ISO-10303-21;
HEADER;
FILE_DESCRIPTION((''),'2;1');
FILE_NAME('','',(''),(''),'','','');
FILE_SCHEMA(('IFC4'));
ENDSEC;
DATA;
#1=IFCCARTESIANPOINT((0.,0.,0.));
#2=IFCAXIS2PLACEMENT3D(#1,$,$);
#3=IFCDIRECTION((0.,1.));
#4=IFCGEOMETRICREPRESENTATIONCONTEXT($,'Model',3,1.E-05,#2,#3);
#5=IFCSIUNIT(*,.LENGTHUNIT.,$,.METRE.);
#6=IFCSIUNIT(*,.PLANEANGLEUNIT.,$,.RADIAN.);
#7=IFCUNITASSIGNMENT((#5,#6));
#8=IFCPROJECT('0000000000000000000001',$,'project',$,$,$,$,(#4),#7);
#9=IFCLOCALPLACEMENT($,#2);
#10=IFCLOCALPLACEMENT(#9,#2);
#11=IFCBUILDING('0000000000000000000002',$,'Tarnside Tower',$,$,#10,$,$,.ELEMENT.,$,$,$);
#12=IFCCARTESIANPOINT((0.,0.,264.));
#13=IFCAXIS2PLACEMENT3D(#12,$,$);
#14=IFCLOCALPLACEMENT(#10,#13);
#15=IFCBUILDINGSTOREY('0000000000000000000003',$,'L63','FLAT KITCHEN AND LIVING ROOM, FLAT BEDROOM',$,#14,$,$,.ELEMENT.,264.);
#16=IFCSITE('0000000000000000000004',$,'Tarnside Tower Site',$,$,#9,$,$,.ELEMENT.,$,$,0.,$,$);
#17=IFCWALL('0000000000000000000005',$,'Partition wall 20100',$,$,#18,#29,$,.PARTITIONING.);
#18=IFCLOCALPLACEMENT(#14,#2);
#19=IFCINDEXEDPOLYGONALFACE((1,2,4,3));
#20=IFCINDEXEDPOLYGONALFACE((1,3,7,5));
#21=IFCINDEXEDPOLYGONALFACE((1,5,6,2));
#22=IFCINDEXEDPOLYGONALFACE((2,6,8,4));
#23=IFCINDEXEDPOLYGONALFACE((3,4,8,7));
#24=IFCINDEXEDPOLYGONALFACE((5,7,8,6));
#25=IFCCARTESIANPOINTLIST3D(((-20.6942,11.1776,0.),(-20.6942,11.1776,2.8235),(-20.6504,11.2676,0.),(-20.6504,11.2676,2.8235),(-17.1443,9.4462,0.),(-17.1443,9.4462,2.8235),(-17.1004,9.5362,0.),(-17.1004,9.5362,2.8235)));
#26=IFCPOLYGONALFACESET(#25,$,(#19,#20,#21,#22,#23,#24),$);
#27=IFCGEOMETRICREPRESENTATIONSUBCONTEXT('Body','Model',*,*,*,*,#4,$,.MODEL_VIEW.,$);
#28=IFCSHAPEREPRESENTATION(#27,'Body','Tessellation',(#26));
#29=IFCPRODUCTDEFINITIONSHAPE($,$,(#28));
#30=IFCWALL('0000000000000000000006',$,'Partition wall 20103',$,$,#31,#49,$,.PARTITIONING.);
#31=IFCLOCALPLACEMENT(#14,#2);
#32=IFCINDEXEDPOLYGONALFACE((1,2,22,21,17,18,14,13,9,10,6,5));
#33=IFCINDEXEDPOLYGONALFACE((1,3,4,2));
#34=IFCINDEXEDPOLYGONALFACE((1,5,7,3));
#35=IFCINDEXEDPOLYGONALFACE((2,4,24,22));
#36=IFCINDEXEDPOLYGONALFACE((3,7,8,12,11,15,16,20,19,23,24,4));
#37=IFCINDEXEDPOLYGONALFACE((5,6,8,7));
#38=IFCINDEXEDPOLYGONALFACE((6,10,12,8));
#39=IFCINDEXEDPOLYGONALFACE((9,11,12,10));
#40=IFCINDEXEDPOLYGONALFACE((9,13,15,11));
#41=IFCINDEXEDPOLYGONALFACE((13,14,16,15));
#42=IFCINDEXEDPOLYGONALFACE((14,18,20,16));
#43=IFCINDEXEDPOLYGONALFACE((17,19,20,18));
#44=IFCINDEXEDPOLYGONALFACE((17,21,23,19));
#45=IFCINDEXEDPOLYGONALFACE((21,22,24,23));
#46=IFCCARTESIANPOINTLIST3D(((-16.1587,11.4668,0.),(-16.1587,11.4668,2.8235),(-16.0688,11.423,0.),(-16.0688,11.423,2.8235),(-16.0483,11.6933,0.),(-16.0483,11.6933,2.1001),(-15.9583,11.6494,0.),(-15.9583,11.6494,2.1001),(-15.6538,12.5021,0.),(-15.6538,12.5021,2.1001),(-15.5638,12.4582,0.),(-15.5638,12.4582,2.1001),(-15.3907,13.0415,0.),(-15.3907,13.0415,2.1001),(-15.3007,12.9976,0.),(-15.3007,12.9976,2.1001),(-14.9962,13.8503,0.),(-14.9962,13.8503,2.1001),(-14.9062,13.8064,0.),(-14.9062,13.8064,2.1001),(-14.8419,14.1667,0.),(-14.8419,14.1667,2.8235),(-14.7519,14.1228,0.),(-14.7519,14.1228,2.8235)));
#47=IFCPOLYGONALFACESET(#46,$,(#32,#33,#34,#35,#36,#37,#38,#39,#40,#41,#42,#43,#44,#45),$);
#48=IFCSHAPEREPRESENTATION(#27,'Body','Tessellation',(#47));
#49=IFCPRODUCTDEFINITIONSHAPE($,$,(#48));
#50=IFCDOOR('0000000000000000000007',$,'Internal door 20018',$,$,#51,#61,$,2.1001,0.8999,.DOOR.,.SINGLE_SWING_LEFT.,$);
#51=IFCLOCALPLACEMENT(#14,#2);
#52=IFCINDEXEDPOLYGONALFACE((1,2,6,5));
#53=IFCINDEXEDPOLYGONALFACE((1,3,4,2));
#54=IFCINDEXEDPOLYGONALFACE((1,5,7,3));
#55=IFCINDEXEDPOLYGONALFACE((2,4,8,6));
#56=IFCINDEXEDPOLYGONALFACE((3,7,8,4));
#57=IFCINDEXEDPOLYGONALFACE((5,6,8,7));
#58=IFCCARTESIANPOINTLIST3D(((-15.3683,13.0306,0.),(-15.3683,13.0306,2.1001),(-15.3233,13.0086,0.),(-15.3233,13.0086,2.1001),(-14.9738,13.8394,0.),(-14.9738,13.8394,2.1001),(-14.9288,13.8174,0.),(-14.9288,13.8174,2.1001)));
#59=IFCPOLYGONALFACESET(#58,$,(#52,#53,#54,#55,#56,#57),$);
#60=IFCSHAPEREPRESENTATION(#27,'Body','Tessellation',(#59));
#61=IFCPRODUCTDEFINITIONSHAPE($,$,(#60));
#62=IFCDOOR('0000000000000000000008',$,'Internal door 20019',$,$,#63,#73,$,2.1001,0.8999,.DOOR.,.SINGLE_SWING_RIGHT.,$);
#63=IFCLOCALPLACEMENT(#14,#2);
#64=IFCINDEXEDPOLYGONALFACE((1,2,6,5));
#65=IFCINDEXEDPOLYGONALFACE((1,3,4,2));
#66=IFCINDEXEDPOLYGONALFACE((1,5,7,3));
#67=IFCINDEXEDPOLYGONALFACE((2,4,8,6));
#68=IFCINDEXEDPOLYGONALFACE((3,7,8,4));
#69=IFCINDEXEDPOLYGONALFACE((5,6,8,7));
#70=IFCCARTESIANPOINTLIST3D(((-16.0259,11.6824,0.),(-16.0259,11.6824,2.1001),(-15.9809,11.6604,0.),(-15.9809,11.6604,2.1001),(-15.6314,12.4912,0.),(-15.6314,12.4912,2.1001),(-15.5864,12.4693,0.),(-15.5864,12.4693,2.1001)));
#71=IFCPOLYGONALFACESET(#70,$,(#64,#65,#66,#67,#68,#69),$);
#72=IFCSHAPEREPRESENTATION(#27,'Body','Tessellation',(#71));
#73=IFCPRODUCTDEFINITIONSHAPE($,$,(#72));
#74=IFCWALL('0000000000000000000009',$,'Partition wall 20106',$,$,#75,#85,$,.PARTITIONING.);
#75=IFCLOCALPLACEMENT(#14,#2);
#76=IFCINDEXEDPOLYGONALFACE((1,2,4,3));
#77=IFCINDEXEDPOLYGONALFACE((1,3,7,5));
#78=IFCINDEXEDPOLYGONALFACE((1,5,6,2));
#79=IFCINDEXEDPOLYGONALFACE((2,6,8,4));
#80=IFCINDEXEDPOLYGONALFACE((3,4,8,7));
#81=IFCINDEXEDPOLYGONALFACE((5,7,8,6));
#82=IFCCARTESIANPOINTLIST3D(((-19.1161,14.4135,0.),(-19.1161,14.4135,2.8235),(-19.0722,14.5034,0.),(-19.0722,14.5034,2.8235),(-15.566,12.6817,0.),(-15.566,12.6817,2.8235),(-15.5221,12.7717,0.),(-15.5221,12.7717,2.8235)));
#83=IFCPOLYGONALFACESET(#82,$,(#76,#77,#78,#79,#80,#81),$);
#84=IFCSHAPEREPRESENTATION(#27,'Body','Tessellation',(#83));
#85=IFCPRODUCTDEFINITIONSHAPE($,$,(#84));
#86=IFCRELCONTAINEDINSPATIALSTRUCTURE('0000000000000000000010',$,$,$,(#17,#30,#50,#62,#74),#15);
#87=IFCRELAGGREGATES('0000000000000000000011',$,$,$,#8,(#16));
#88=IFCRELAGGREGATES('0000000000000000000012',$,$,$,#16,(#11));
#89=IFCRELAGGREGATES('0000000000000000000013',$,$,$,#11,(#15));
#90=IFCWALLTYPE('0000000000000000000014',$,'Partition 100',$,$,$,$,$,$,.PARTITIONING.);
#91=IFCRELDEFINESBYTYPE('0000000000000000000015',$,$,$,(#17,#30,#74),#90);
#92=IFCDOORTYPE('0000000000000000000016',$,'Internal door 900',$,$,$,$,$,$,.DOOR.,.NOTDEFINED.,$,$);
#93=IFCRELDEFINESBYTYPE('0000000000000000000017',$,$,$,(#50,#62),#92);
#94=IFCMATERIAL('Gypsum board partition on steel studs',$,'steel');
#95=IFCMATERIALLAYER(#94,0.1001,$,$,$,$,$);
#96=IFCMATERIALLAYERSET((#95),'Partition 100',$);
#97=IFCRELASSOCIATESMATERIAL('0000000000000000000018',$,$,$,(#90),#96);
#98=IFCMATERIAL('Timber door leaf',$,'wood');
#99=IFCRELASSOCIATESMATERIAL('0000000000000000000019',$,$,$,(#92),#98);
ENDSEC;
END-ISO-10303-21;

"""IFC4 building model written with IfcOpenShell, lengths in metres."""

from ifc_helpers import new_model, si_unit, direction, frame, frame_2d, origin, place, context, subcontext, project, spatial, rectangle, extrude, material, layer, layer_set, type_object, element, fill, save


model = new_model("IFC4")

# Units and contexts
model_context = context("Model", 3, precision=1e-05, world=origin(), true_north=direction((0.0, 1.0)))
body_context = subcontext(model_context, "Body", "Model", "MODEL_VIEW")
ifc_project = project(units=[si_unit("LENGTHUNIT", "METRE"), si_unit("PLANEANGLEUNIT", "RADIAN")], contexts=[model_context])

# Site, building, storey
site_placement = place(None, origin())
site = spatial("IfcSite", under=ifc_project, at=site_placement, Name="Tarnside Tower Site", CompositionType="ELEMENT", RefElevation=0.0)
building_placement = place(site_placement, origin())
building = spatial("IfcBuilding", under=site, at=building_placement, Name="Tarnside Tower", CompositionType="ELEMENT")
storey_placement = place(building_placement, frame((0.0, 0.0, 264.0)))
storey = spatial("IfcBuildingStorey", under=building, at=storey_placement, Name="L63", Description="FLAT KITCHEN AND LIVING ROOM, FLAT BEDROOM", CompositionType="ELEMENT", Elevation=264.0)

# Wall
ifc_material_1 = material(Name="Gypsum board partition on steel studs", Category="steel")
ifc_layer_1 = layer(ifc_material_1, 0.1001)
ifc_layer_set_1 = layer_set([ifc_layer_1], Name="Partition 100")
wall_type_1 = type_object("IfcWallType", Name="Partition 100", PredefinedType="PARTITIONING", material=ifc_layer_set_1)
wall_1_placement = place(storey_placement, frame((-17.1223, 9.4912, 0.0), z_axis=(0.0, 0.0, 1.0), x_axis=(-0.898797, 0.438365, 0.0)))
element("IfcWall", 1, at=wall_1_placement, inside=storey, type_object=wall_type_1, Name="Partition wall 20100", PredefinedType="PARTITIONING", context=body_context, shape_type="SweptSolid", body=[
    extrude(rectangle(XDim=3.9497, YDim=0.1001, at=frame_2d((1.9749, 0.0))), origin(), (0.0, 0.0, 1.0), 2.8235),
])

# Wall, openings, doors
wall_2_placement = place(storey_placement, frame((-14.7969, 14.1448, 0.0), z_axis=(0.0, 0.0, 1.0), x_axis=(-0.438382, -0.898789, 0.0)))
wall_2 = element("IfcWall", 2, at=wall_2_placement, inside=storey, type_object=wall_type_1, Name="Partition wall 20103", PredefinedType="PARTITIONING", context=body_context, shape_type="SweptSolid", body=[
    extrude(rectangle(XDim=3.0039, YDim=0.1001, at=frame_2d((1.502, 0.0))), origin(), (0.0, 0.0, 1.0), 2.8235),
])
opening_1_placement = place(wall_2_placement, frame((0.3521, 0.0, 0.0)))
opening_1 = element("IfcOpeningElement", 3, at=opening_1_placement, cuts=wall_2, PredefinedType="OPENING", context=body_context, shape_type="SweptSolid", body=[
    extrude(rectangle(XDim=0.8999, YDim=2.1001, at=frame_2d((0.45, 1.05))), frame((0.0, 0.0601, 0.0), z_axis=(0.0, -1.0, 0.0), x_axis=(1.0, 0.0, 0.0)), (0.0, 0.0, 1.0), 0.1201),
])
opening_2_placement = place(wall_2_placement, frame((1.8521, 0.0, 0.0)))
opening_2 = element("IfcOpeningElement", 4, at=opening_2_placement, cuts=wall_2, PredefinedType="OPENING", context=body_context, shape_type="SweptSolid", body=[
    extrude(rectangle(XDim=0.8999, YDim=2.1001, at=frame_2d((0.45, 1.05))), frame((0.0, 0.0601, 0.0), z_axis=(0.0, -1.0, 0.0), x_axis=(1.0, 0.0, 0.0)), (0.0, 0.0, 1.0), 0.1201),
])
ifc_material_2 = material(Name="Timber door leaf", Category="wood")
door_type = type_object("IfcDoorType", Name="Internal door 900", OperationType="NOTDEFINED", PredefinedType="DOOR", material=ifc_material_2)
door_1_placement = place(opening_1_placement, origin())
door_1 = element("IfcDoor", 5, at=door_1_placement, inside=storey, type_object=door_type, Name="Internal door 20018", OperationType="SINGLE_SWING_LEFT", OverallHeight=2.1001, OverallWidth=0.8999, PredefinedType="DOOR", context=body_context, shape_type="SweptSolid", body=[
    extrude(rectangle(XDim=0.8999, YDim=2.1001, at=frame_2d((0.45, 1.05))), frame((0.0, 0.0249, 0.0), z_axis=(0.0, -1.0, 0.0), x_axis=(1.0, 0.0, 0.0)), (0.0, 0.0, 1.0), 0.05),
])
fill(opening_1, door_1)
door_2_placement = place(opening_2_placement, origin())
door_2 = element("IfcDoor", 6, at=door_2_placement, inside=storey, type_object=door_type, Name="Internal door 20019", OperationType="SINGLE_SWING_RIGHT", OverallHeight=2.1001, OverallWidth=0.8999, PredefinedType="DOOR", context=body_context, shape_type="SweptSolid", body=[
    extrude(rectangle(XDim=0.8999, YDim=2.1001, at=frame_2d((0.45, 1.05))), frame((0.0, 0.0249, 0.0), z_axis=(0.0, -1.0, 0.0), x_axis=(1.0, 0.0, 0.0)), (0.0, 0.0, 1.0), 0.05),
])
fill(opening_2, door_2)

# Wall
wall_3_placement = place(storey_placement, frame((-19.0942, 14.4585, 0.0), z_axis=(0.0, 0.0, 1.0), x_axis=(0.898773, -0.438415, 0.0)))
element("IfcWall", 7, at=wall_3_placement, inside=storey, type_object=wall_type_1, Name="Partition wall 20106", PredefinedType="PARTITIONING", context=body_context, shape_type="SweptSolid", body=[
    extrude(rectangle(XDim=3.95, YDim=0.1001, at=frame_2d((1.9751, 0.0))), origin(), (0.0, 0.0, 1.0), 2.8235),
])

save(model, "model.ifc")
